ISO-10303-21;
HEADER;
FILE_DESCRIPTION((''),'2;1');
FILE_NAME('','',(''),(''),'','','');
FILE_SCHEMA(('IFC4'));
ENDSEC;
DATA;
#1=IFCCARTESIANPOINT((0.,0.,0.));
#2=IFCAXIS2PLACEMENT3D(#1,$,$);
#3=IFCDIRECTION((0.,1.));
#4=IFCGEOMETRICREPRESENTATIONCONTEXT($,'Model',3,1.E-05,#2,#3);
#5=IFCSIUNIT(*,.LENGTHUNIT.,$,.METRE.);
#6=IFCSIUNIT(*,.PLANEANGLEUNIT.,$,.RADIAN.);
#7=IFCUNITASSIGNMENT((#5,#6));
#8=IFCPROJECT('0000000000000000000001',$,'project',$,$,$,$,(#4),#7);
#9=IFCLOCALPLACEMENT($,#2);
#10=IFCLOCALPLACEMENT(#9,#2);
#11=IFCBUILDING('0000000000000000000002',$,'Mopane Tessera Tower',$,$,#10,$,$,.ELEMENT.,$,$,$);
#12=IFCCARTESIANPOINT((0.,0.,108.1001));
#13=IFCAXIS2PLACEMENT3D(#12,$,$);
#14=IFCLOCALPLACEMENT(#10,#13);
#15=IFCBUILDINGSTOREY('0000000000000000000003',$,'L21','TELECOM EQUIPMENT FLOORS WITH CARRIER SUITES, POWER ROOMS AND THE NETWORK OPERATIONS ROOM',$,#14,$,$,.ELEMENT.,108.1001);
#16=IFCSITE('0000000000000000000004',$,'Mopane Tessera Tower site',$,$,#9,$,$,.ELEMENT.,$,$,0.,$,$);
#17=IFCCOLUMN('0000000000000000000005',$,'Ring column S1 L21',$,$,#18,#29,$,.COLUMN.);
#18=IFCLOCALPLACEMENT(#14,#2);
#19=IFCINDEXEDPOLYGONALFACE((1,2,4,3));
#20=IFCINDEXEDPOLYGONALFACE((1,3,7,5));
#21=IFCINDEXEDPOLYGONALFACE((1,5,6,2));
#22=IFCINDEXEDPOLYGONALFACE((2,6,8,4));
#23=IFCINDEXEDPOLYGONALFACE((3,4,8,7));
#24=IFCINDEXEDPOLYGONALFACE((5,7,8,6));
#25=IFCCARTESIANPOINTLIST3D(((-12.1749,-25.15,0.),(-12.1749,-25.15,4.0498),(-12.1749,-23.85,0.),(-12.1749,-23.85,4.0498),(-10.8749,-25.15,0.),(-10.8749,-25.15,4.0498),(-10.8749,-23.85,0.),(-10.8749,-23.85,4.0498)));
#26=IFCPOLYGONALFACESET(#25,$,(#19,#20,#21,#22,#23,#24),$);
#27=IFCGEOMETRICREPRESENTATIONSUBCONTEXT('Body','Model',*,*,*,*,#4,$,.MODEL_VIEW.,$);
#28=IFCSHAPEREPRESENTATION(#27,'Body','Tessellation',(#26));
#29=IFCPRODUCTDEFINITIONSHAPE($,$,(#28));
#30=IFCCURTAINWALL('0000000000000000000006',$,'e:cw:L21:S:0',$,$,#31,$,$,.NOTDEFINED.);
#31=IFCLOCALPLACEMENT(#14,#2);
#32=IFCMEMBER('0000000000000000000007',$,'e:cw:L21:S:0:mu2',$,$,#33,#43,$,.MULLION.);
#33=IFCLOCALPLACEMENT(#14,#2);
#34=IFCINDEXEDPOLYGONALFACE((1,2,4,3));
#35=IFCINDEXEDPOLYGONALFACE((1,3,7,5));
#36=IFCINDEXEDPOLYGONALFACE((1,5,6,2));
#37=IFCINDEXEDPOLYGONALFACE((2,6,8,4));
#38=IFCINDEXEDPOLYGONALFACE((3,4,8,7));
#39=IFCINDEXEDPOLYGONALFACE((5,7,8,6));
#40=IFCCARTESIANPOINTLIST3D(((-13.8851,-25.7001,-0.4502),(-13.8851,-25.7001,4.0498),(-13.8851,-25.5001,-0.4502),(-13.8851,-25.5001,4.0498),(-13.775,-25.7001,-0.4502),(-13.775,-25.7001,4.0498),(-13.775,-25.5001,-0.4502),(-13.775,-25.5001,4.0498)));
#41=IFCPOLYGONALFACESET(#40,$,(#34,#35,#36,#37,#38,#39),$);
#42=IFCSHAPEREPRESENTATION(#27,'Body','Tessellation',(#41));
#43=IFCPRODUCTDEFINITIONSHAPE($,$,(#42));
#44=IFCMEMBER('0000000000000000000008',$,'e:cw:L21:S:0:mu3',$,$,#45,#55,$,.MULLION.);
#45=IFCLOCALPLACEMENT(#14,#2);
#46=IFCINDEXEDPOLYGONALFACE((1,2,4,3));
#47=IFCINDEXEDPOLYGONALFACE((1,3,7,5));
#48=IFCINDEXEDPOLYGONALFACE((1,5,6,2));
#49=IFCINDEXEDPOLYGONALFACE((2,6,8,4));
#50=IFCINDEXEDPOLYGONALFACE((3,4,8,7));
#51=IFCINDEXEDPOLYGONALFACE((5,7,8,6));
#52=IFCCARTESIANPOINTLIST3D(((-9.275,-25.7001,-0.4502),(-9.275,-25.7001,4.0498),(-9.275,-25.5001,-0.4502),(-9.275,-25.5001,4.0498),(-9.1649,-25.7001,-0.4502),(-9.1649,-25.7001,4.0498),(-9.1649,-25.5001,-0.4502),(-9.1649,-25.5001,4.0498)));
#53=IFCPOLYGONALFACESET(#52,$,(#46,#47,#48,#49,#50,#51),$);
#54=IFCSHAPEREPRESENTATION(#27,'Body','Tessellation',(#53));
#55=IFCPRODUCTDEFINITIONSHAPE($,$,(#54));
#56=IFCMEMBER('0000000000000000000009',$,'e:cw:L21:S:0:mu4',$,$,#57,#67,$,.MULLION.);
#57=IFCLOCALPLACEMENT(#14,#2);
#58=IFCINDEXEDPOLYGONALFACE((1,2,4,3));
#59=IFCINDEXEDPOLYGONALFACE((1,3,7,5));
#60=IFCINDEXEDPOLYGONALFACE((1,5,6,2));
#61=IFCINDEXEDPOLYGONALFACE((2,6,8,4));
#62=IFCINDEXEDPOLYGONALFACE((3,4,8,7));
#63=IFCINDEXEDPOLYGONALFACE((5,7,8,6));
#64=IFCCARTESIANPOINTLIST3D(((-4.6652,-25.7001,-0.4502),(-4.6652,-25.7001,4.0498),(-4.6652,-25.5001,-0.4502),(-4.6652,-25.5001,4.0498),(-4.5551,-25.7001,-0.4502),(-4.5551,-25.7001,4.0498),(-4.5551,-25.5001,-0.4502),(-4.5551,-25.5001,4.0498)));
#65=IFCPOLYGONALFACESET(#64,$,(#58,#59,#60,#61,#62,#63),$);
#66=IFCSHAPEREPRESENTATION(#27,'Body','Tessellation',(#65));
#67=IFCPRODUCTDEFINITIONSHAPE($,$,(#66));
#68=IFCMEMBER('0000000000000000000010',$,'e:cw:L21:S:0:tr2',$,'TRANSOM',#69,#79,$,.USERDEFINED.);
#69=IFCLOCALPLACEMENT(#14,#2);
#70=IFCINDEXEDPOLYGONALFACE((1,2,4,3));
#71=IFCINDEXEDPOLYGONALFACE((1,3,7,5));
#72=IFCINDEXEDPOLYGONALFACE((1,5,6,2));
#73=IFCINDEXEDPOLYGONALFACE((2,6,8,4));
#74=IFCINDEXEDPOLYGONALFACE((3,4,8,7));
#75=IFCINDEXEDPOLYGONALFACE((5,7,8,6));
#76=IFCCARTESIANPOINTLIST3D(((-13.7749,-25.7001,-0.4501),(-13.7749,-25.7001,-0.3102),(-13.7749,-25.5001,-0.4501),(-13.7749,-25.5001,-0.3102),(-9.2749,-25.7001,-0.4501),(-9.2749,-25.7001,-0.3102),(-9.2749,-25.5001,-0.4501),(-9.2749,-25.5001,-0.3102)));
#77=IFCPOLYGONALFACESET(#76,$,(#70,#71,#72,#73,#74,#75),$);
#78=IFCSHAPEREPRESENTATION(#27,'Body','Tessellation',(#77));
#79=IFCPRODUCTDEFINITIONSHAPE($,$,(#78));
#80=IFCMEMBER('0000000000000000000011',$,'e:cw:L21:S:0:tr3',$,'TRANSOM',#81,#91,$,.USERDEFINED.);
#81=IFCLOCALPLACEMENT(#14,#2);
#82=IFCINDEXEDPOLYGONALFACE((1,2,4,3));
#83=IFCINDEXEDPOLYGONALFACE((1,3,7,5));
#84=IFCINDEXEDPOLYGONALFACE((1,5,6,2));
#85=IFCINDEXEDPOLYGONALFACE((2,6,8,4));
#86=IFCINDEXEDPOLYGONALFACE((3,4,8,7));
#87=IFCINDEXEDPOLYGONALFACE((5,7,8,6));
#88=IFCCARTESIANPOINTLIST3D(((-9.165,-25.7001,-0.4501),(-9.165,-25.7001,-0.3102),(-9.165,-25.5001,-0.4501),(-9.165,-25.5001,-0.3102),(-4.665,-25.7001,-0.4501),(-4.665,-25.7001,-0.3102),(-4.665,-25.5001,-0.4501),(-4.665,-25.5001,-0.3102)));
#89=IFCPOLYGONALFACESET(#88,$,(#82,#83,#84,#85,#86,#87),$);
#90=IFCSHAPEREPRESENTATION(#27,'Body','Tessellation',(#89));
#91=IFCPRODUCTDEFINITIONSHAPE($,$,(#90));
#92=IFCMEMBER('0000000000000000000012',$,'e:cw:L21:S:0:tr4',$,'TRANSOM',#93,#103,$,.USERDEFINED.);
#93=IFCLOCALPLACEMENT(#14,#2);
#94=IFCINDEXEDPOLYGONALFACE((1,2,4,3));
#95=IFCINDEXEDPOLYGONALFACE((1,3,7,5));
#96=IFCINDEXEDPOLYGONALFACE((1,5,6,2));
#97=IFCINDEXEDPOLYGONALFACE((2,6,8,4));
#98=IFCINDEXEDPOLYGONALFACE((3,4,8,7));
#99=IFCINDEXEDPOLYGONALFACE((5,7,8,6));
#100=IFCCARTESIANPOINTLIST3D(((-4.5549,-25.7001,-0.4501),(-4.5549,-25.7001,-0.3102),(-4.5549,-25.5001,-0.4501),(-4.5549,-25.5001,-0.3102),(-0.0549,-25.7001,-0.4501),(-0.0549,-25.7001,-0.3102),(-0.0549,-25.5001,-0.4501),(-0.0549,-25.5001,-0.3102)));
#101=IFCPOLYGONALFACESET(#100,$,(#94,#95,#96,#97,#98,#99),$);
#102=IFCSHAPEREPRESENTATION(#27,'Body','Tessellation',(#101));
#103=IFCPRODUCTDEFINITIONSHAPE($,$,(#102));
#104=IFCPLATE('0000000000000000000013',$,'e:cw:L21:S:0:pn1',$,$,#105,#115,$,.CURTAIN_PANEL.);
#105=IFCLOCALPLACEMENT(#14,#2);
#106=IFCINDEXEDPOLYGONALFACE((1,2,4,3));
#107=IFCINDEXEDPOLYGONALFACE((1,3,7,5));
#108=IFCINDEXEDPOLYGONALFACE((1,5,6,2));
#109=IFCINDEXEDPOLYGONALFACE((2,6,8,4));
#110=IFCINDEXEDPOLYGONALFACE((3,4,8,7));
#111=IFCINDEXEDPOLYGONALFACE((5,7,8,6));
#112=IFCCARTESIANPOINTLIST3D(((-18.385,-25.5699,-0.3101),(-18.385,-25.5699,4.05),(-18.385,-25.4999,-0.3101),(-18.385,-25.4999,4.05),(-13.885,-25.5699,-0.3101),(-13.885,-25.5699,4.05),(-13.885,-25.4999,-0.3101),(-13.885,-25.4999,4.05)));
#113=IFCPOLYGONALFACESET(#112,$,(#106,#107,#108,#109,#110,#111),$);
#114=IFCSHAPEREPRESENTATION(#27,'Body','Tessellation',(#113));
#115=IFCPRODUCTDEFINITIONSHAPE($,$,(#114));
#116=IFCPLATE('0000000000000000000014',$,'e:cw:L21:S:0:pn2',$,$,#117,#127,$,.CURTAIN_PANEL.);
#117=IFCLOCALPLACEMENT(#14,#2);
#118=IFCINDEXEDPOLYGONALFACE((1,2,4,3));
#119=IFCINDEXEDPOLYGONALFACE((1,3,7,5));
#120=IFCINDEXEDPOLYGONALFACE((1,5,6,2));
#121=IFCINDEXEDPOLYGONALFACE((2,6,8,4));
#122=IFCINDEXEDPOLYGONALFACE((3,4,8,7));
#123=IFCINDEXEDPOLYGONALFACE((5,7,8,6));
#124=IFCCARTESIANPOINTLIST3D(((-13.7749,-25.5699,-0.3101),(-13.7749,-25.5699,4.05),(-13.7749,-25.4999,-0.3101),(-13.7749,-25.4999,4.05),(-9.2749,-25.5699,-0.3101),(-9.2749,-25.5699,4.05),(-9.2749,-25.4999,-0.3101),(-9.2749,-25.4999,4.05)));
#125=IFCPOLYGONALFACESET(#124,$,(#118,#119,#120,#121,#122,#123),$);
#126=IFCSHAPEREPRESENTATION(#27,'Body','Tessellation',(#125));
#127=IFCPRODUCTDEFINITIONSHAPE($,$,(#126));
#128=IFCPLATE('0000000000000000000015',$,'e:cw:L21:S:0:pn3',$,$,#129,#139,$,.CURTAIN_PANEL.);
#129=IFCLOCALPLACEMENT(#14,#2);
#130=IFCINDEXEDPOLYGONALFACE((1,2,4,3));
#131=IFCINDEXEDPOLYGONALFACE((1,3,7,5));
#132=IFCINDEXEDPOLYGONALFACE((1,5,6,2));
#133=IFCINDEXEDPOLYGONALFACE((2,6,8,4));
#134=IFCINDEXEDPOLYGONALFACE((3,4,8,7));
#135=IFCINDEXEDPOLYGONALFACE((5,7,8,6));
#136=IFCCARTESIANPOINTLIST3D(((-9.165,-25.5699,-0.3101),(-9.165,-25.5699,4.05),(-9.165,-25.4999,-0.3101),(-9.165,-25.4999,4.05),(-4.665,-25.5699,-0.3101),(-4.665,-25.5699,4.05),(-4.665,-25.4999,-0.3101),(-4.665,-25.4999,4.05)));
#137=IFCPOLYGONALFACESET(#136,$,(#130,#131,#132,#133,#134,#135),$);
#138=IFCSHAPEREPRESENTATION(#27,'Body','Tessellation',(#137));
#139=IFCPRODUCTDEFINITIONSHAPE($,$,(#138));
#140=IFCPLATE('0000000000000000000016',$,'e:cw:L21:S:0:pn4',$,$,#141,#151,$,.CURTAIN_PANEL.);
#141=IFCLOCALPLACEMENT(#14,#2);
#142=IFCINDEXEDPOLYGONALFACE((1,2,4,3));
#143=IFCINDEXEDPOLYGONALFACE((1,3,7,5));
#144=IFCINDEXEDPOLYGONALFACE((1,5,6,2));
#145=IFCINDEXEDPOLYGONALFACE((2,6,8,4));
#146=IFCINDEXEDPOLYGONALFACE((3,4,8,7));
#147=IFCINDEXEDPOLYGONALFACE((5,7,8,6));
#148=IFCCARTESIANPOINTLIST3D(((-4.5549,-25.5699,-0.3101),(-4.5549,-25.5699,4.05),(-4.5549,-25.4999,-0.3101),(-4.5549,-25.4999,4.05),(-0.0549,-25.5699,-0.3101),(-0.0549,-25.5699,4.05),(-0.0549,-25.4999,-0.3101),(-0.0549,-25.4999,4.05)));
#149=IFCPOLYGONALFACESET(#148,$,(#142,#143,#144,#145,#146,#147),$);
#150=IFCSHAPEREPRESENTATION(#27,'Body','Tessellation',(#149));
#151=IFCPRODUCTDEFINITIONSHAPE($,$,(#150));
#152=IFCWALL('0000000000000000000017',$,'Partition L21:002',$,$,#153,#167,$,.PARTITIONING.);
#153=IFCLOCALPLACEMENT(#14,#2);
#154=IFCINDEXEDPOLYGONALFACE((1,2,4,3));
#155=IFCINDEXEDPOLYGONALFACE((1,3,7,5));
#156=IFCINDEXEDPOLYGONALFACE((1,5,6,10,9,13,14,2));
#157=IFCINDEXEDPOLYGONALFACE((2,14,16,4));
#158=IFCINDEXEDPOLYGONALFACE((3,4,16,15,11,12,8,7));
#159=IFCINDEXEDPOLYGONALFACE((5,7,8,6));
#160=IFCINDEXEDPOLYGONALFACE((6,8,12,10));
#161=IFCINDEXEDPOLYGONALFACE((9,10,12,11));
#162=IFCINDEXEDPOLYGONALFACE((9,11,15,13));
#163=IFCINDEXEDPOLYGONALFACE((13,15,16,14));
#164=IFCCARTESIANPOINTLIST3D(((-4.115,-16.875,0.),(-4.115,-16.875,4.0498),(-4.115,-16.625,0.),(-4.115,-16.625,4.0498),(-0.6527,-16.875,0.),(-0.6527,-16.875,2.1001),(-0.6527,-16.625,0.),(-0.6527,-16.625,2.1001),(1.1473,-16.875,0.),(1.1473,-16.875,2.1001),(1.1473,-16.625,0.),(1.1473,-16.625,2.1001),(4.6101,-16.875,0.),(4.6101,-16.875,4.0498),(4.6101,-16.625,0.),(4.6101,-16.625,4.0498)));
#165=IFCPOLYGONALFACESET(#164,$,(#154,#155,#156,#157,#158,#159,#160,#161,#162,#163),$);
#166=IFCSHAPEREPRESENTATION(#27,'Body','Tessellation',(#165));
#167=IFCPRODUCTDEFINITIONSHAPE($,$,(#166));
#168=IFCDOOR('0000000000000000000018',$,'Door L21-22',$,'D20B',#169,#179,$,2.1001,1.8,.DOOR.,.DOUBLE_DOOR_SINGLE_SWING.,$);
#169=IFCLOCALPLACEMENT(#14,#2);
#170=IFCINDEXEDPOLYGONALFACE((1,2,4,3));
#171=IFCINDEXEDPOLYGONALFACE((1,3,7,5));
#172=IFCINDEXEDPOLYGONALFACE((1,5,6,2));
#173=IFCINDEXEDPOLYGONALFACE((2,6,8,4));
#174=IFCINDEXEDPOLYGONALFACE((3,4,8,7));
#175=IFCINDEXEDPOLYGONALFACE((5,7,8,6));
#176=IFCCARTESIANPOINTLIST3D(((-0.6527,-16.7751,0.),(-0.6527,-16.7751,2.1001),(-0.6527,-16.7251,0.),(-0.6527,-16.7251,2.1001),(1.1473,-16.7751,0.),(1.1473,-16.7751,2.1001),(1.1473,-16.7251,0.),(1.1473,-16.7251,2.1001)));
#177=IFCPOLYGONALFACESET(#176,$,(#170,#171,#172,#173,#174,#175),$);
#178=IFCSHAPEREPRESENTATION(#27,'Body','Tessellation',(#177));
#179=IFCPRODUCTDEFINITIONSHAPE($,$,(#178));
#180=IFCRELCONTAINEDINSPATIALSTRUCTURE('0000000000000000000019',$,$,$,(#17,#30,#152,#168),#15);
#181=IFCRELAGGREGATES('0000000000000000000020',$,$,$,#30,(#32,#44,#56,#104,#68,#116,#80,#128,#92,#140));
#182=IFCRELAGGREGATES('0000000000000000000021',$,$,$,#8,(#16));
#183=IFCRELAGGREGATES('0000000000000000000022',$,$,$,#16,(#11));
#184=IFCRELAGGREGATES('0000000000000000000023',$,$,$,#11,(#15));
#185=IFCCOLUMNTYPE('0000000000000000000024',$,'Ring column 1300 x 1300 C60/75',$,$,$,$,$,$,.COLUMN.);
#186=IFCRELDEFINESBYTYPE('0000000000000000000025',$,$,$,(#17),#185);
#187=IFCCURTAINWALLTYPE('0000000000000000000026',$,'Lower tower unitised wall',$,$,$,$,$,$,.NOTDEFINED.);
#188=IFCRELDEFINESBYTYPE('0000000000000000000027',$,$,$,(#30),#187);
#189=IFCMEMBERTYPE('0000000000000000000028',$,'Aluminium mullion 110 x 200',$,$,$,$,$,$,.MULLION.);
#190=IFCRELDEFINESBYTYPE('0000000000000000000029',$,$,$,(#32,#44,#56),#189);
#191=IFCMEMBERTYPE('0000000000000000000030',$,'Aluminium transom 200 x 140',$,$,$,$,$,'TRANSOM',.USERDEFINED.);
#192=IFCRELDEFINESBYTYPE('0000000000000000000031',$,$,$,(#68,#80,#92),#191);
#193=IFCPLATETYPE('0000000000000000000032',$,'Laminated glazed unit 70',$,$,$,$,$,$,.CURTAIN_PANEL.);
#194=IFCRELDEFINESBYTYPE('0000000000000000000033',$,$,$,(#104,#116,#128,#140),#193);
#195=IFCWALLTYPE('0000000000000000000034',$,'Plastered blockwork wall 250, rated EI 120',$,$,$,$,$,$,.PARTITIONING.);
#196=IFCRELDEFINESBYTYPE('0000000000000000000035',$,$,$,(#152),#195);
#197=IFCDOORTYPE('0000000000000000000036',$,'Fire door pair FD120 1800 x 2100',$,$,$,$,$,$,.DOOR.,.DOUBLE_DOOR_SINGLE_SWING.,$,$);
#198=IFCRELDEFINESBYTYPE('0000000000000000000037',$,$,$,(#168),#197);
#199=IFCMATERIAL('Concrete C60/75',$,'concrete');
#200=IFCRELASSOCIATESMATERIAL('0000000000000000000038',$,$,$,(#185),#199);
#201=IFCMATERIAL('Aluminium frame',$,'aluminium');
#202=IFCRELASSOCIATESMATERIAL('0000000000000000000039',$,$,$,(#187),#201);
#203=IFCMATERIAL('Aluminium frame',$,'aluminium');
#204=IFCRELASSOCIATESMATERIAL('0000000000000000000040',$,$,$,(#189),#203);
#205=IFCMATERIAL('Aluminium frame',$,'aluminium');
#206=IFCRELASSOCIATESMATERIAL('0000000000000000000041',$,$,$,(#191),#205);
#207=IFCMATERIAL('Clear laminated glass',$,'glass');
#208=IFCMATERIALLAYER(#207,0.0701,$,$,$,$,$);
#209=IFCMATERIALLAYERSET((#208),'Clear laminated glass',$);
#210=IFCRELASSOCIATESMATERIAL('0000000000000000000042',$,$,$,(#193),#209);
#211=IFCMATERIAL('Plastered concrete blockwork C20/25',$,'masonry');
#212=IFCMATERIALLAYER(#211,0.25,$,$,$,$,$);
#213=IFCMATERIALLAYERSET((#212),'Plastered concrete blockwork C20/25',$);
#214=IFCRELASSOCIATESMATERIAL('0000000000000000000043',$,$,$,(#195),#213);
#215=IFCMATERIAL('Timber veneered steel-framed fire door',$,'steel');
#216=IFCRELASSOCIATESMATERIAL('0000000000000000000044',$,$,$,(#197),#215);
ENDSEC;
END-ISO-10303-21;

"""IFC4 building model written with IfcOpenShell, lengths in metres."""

from ifc_helpers import new_model, si_unit, direction, frame, frame_2d, origin, origin_2d, place, context, subcontext, project, spatial, rectangle, extrude, material, layer, layer_set, material_profile, profile_set, type_object, element, fill, aggregate, save


model = new_model("IFC4")

# Units and contexts
model_context = context("Model", 3, precision=1e-05, world=origin(), true_north=direction((0.0, 1.0)))
body_context = subcontext(model_context, "Body", "Model", "MODEL_VIEW")
ifc_project = project(units=[si_unit("LENGTHUNIT", "METRE"), si_unit("PLANEANGLEUNIT", "RADIAN")], contexts=[model_context])

# Site, building, storey
site_placement = place(None, origin())
site = spatial("IfcSite", under=ifc_project, at=site_placement, Name="Mopane Tessera Tower site", CompositionType="ELEMENT", RefElevation=0.0)
building_placement = place(site_placement, origin())
building = spatial("IfcBuilding", under=site, at=building_placement, Name="Mopane Tessera Tower", CompositionType="ELEMENT")
storey_placement = place(building_placement, frame((0.0, 0.0, 108.1001)))
storey = spatial("IfcBuildingStorey", under=building, at=storey_placement, Name="L21", Description="TELECOM EQUIPMENT FLOORS WITH CARRIER SUITES, POWER ROOMS AND THE NETWORK OPERATIONS ROOM", CompositionType="ELEMENT", Elevation=108.1001)

# Column
ifc_material_1 = material(Name="Concrete C60/75", Category="concrete")
ifc_material_profile_1 = material_profile(ifc_material_1, rectangle(XDim=1.3, YDim=1.3, at=origin_2d()))
ifc_profile_set_1 = profile_set([ifc_material_profile_1], Name="Concrete C60/75")
column_type = type_object("IfcColumnType", Name="Ring column 1300 x 1300 C60/75", PredefinedType="COLUMN", material=ifc_profile_set_1)
column_placement = place(storey_placement, frame((-11.5249, -24.5, 0.0), z_axis=(0.0, 0.0, 1.0), x_axis=(1.0, 0.0, 0.0)))
element("IfcColumn", 1, at=column_placement, inside=storey, type_object=column_type, Name="Ring column S1 L21", PredefinedType="COLUMN", context=body_context, shape_type="SweptSolid", body=[
    extrude(rectangle(XDim=1.3, YDim=1.3, at=origin_2d()), origin(), (0.0, 0.0, 1.0), 4.0498),
])

# Curtain wall, members, plates
ifc_material_2 = material(Name="Aluminium frame", Category="aluminium")
curtain_wall_type = type_object("IfcCurtainWallType", Name="Lower tower unitised wall", PredefinedType="NOTDEFINED", material=ifc_material_2)
curtain_wall_placement = place(storey_placement, origin())
curtain_wall = element("IfcCurtainWall", 2, at=curtain_wall_placement, inside=storey, type_object=curtain_wall_type, Name="e:cw:L21:S:0", PredefinedType="NOTDEFINED")
ifc_material_3 = material(Name="Aluminium frame", Category="aluminium")
ifc_material_profile_2 = material_profile(ifc_material_3, rectangle(XDim=0.1101, YDim=0.2, at=origin_2d()))
ifc_profile_set_2 = profile_set([ifc_material_profile_2], Name="Aluminium frame")
member_type_1 = type_object("IfcMemberType", Name="Aluminium mullion 110 x 200", PredefinedType="MULLION", material=ifc_profile_set_2)
member_1_placement = place(storey_placement, frame((-13.8301, -25.6001, -0.4502), z_axis=(0.0, 0.0, 1.0), x_axis=(1.0, 0.0, 0.0)))
member_1 = element("IfcMember", 3, at=member_1_placement, type_object=member_type_1, Name="e:cw:L21:S:0:mu2", PredefinedType="MULLION", context=body_context, shape_type="SweptSolid", body=[
    extrude(rectangle(XDim=0.1101, YDim=0.2, at=origin_2d()), origin(), (0.0, 0.0, 1.0), 4.5),
])
member_2_placement = place(storey_placement, frame((-9.22, -25.6001, -0.4502), z_axis=(0.0, 0.0, 1.0), x_axis=(1.0, 0.0, 0.0)))
member_2 = element("IfcMember", 4, at=member_2_placement, type_object=member_type_1, Name="e:cw:L21:S:0:mu3", PredefinedType="MULLION", context=body_context, shape_type="SweptSolid", body=[
    extrude(rectangle(XDim=0.1101, YDim=0.2, at=origin_2d()), origin(), (0.0, 0.0, 1.0), 4.5),
])
member_3_placement = place(storey_placement, frame((-4.6101, -25.6001, -0.4502), z_axis=(0.0, 0.0, 1.0), x_axis=(1.0, 0.0, 0.0)))
member_3 = element("IfcMember", 5, at=member_3_placement, type_object=member_type_1, Name="e:cw:L21:S:0:mu4", PredefinedType="MULLION", context=body_context, shape_type="SweptSolid", body=[
    extrude(rectangle(XDim=0.1101, YDim=0.2, at=origin_2d()), origin(), (0.0, 0.0, 1.0), 4.5),
])
ifc_material_4 = material(Name="Aluminium frame", Category="aluminium")
ifc_material_profile_3 = material_profile(ifc_material_4, rectangle(XDim=0.2, YDim=0.1399, at=origin_2d()))
ifc_profile_set_3 = profile_set([ifc_material_profile_3], Name="Aluminium frame")
member_type_2 = type_object("IfcMemberType", Name="Aluminium transom 200 x 140", ElementType="TRANSOM", PredefinedType="USERDEFINED", material=ifc_profile_set_3)
member_4_placement = place(storey_placement, frame((-13.7749, -25.6001, -0.3801), z_axis=(1.0, 0.0, 0.0), x_axis=(0.0, 1.0, 0.0)))
member_4 = element("IfcMember", 6, at=member_4_placement, type_object=member_type_2, Name="e:cw:L21:S:0:tr2", ObjectType="TRANSOM", PredefinedType="USERDEFINED", context=body_context, shape_type="SweptSolid", body=[
    extrude(rectangle(XDim=0.2, YDim=0.1399, at=origin_2d()), origin(), (0.0, 0.0, 1.0), 4.5),
])
member_5_placement = place(storey_placement, frame((-9.165, -25.6001, -0.3801), z_axis=(1.0, 0.0, 0.0), x_axis=(0.0, 1.0, 0.0)))
member_5 = element("IfcMember", 7, at=member_5_placement, type_object=member_type_2, Name="e:cw:L21:S:0:tr3", ObjectType="TRANSOM", PredefinedType="USERDEFINED", context=body_context, shape_type="SweptSolid", body=[
    extrude(rectangle(XDim=0.2, YDim=0.1399, at=origin_2d()), origin(), (0.0, 0.0, 1.0), 4.5),
])
member_6_placement = place(storey_placement, frame((-4.5549, -25.6001, -0.3801), z_axis=(1.0, 0.0, 0.0), x_axis=(0.0, 1.0, 0.0)))
member_6 = element("IfcMember", 8, at=member_6_placement, type_object=member_type_2, Name="e:cw:L21:S:0:tr4", ObjectType="TRANSOM", PredefinedType="USERDEFINED", context=body_context, shape_type="SweptSolid", body=[
    extrude(rectangle(XDim=0.2, YDim=0.1399, at=origin_2d()), origin(), (0.0, 0.0, 1.0), 4.5),
])
ifc_material_5 = material(Name="Clear laminated glass", Category="glass")
ifc_layer_1 = layer(ifc_material_5, 0.0701)
ifc_layer_set_1 = layer_set([ifc_layer_1], Name="Clear laminated glass")
plate_type = type_object("IfcPlateType", Name="Laminated glazed unit 70", PredefinedType="CURTAIN_PANEL", material=ifc_layer_set_1)
plate_1_placement = place(storey_placement, frame((-16.135, -25.5349, -0.3101), z_axis=(0.0, 0.0, 1.0), x_axis=(1.0, 0.0, 0.0)))
plate_1 = element("IfcPlate", 9, at=plate_1_placement, type_object=plate_type, Name="e:cw:L21:S:0:pn1", PredefinedType="CURTAIN_PANEL", context=body_context, shape_type="SweptSolid", body=[
    extrude(rectangle(XDim=4.5, YDim=0.0701, at=origin_2d()), origin(), (0.0, 0.0, 1.0), 4.3601),
])
plate_2_placement = place(storey_placement, frame((-11.5249, -25.5349, -0.3101), z_axis=(0.0, 0.0, 1.0), x_axis=(1.0, 0.0, 0.0)))
plate_2 = element("IfcPlate", 10, at=plate_2_placement, type_object=plate_type, Name="e:cw:L21:S:0:pn2", PredefinedType="CURTAIN_PANEL", context=body_context, shape_type="SweptSolid", body=[
    extrude(rectangle(XDim=4.5, YDim=0.0701, at=origin_2d()), origin(), (0.0, 0.0, 1.0), 4.3601),
])
plate_3_placement = place(storey_placement, frame((-6.915, -25.5349, -0.3101), z_axis=(0.0, 0.0, 1.0), x_axis=(1.0, 0.0, 0.0)))
plate_3 = element("IfcPlate", 11, at=plate_3_placement, type_object=plate_type, Name="e:cw:L21:S:0:pn3", PredefinedType="CURTAIN_PANEL", context=body_context, shape_type="SweptSolid", body=[
    extrude(rectangle(XDim=4.5, YDim=0.0701, at=origin_2d()), origin(), (0.0, 0.0, 1.0), 4.3601),
])
plate_4_placement = place(storey_placement, frame((-2.3049, -25.5349, -0.3101), z_axis=(0.0, 0.0, 1.0), x_axis=(1.0, 0.0, 0.0)))
plate_4 = element("IfcPlate", 12, at=plate_4_placement, type_object=plate_type, Name="e:cw:L21:S:0:pn4", PredefinedType="CURTAIN_PANEL", context=body_context, shape_type="SweptSolid", body=[
    extrude(rectangle(XDim=4.5, YDim=0.0701, at=origin_2d()), origin(), (0.0, 0.0, 1.0), 4.3601),
])
aggregate(curtain_wall, [member_1, member_2, member_3, plate_1, member_4, plate_2, member_5, plate_3, member_6, plate_4])

# Wall, opening, door
ifc_material_6 = material(Name="Plastered concrete blockwork C20/25", Category="masonry")
ifc_layer_2 = layer(ifc_material_6, 0.25)
ifc_layer_set_2 = layer_set([ifc_layer_2], Name="Plastered concrete blockwork C20/25")
wall_type = type_object("IfcWallType", Name="Plastered blockwork wall 250, rated EI 120", PredefinedType="PARTITIONING", material=ifc_layer_set_2)
wall_1_placement = place(storey_placement, frame((-4.115, -16.75, 0.0), z_axis=(0.0, 0.0, 1.0), x_axis=(1.0, 0.0, 0.0)))
wall_1 = element("IfcWall", 13, at=wall_1_placement, inside=storey, type_object=wall_type, Name="Partition L21:002", PredefinedType="PARTITIONING", context=body_context, shape_type="SweptSolid", body=[
    extrude(rectangle(XDim=8.7251, YDim=0.25, at=frame_2d((4.3625, 0.0))), origin(), (0.0, 0.0, 1.0), 4.0498),
])
opening_placement = place(wall_1_placement, frame((3.4624, 0.0, 0.0)))
opening = element("IfcOpeningElement", 14, at=opening_placement, cuts=wall_1, PredefinedType="OPENING", context=body_context, shape_type="SweptSolid", body=[
    extrude(rectangle(XDim=1.8, YDim=2.1001, at=frame_2d((0.8999, 1.05))), frame((0.0, 0.137, 0.0), z_axis=(0.0, -1.0, 0.0), x_axis=(1.0, 0.0, 0.0)), (0.0, 0.0, 1.0), 0.2739),
])
ifc_material_7 = material(Name="Timber veneered steel-framed fire door", Category="steel")
door_type = type_object("IfcDoorType", Name="Fire door pair FD120 1800 x 2100", OperationType="DOUBLE_DOOR_SINGLE_SWING", PredefinedType="DOOR", material=ifc_material_7)
door_placement = place(opening_placement, origin())
door = element("IfcDoor", 15, at=door_placement, inside=storey, type_object=door_type, Name="Door L21-22", ObjectType="D20B", OperationType="DOUBLE_DOOR_SINGLE_SWING", OverallHeight=2.1001, OverallWidth=1.8, PredefinedType="DOOR", context=body_context, shape_type="SweptSolid", body=[
    extrude(rectangle(XDim=1.8, YDim=2.1001, at=frame_2d((0.8999, 1.05))), frame((0.0, 0.0249, 0.0), z_axis=(0.0, -1.0, 0.0), x_axis=(1.0, 0.0, 0.0)), (0.0, 0.0, 1.0), 0.05),
])
fill(opening, door)

save(model, "model.ifc")
